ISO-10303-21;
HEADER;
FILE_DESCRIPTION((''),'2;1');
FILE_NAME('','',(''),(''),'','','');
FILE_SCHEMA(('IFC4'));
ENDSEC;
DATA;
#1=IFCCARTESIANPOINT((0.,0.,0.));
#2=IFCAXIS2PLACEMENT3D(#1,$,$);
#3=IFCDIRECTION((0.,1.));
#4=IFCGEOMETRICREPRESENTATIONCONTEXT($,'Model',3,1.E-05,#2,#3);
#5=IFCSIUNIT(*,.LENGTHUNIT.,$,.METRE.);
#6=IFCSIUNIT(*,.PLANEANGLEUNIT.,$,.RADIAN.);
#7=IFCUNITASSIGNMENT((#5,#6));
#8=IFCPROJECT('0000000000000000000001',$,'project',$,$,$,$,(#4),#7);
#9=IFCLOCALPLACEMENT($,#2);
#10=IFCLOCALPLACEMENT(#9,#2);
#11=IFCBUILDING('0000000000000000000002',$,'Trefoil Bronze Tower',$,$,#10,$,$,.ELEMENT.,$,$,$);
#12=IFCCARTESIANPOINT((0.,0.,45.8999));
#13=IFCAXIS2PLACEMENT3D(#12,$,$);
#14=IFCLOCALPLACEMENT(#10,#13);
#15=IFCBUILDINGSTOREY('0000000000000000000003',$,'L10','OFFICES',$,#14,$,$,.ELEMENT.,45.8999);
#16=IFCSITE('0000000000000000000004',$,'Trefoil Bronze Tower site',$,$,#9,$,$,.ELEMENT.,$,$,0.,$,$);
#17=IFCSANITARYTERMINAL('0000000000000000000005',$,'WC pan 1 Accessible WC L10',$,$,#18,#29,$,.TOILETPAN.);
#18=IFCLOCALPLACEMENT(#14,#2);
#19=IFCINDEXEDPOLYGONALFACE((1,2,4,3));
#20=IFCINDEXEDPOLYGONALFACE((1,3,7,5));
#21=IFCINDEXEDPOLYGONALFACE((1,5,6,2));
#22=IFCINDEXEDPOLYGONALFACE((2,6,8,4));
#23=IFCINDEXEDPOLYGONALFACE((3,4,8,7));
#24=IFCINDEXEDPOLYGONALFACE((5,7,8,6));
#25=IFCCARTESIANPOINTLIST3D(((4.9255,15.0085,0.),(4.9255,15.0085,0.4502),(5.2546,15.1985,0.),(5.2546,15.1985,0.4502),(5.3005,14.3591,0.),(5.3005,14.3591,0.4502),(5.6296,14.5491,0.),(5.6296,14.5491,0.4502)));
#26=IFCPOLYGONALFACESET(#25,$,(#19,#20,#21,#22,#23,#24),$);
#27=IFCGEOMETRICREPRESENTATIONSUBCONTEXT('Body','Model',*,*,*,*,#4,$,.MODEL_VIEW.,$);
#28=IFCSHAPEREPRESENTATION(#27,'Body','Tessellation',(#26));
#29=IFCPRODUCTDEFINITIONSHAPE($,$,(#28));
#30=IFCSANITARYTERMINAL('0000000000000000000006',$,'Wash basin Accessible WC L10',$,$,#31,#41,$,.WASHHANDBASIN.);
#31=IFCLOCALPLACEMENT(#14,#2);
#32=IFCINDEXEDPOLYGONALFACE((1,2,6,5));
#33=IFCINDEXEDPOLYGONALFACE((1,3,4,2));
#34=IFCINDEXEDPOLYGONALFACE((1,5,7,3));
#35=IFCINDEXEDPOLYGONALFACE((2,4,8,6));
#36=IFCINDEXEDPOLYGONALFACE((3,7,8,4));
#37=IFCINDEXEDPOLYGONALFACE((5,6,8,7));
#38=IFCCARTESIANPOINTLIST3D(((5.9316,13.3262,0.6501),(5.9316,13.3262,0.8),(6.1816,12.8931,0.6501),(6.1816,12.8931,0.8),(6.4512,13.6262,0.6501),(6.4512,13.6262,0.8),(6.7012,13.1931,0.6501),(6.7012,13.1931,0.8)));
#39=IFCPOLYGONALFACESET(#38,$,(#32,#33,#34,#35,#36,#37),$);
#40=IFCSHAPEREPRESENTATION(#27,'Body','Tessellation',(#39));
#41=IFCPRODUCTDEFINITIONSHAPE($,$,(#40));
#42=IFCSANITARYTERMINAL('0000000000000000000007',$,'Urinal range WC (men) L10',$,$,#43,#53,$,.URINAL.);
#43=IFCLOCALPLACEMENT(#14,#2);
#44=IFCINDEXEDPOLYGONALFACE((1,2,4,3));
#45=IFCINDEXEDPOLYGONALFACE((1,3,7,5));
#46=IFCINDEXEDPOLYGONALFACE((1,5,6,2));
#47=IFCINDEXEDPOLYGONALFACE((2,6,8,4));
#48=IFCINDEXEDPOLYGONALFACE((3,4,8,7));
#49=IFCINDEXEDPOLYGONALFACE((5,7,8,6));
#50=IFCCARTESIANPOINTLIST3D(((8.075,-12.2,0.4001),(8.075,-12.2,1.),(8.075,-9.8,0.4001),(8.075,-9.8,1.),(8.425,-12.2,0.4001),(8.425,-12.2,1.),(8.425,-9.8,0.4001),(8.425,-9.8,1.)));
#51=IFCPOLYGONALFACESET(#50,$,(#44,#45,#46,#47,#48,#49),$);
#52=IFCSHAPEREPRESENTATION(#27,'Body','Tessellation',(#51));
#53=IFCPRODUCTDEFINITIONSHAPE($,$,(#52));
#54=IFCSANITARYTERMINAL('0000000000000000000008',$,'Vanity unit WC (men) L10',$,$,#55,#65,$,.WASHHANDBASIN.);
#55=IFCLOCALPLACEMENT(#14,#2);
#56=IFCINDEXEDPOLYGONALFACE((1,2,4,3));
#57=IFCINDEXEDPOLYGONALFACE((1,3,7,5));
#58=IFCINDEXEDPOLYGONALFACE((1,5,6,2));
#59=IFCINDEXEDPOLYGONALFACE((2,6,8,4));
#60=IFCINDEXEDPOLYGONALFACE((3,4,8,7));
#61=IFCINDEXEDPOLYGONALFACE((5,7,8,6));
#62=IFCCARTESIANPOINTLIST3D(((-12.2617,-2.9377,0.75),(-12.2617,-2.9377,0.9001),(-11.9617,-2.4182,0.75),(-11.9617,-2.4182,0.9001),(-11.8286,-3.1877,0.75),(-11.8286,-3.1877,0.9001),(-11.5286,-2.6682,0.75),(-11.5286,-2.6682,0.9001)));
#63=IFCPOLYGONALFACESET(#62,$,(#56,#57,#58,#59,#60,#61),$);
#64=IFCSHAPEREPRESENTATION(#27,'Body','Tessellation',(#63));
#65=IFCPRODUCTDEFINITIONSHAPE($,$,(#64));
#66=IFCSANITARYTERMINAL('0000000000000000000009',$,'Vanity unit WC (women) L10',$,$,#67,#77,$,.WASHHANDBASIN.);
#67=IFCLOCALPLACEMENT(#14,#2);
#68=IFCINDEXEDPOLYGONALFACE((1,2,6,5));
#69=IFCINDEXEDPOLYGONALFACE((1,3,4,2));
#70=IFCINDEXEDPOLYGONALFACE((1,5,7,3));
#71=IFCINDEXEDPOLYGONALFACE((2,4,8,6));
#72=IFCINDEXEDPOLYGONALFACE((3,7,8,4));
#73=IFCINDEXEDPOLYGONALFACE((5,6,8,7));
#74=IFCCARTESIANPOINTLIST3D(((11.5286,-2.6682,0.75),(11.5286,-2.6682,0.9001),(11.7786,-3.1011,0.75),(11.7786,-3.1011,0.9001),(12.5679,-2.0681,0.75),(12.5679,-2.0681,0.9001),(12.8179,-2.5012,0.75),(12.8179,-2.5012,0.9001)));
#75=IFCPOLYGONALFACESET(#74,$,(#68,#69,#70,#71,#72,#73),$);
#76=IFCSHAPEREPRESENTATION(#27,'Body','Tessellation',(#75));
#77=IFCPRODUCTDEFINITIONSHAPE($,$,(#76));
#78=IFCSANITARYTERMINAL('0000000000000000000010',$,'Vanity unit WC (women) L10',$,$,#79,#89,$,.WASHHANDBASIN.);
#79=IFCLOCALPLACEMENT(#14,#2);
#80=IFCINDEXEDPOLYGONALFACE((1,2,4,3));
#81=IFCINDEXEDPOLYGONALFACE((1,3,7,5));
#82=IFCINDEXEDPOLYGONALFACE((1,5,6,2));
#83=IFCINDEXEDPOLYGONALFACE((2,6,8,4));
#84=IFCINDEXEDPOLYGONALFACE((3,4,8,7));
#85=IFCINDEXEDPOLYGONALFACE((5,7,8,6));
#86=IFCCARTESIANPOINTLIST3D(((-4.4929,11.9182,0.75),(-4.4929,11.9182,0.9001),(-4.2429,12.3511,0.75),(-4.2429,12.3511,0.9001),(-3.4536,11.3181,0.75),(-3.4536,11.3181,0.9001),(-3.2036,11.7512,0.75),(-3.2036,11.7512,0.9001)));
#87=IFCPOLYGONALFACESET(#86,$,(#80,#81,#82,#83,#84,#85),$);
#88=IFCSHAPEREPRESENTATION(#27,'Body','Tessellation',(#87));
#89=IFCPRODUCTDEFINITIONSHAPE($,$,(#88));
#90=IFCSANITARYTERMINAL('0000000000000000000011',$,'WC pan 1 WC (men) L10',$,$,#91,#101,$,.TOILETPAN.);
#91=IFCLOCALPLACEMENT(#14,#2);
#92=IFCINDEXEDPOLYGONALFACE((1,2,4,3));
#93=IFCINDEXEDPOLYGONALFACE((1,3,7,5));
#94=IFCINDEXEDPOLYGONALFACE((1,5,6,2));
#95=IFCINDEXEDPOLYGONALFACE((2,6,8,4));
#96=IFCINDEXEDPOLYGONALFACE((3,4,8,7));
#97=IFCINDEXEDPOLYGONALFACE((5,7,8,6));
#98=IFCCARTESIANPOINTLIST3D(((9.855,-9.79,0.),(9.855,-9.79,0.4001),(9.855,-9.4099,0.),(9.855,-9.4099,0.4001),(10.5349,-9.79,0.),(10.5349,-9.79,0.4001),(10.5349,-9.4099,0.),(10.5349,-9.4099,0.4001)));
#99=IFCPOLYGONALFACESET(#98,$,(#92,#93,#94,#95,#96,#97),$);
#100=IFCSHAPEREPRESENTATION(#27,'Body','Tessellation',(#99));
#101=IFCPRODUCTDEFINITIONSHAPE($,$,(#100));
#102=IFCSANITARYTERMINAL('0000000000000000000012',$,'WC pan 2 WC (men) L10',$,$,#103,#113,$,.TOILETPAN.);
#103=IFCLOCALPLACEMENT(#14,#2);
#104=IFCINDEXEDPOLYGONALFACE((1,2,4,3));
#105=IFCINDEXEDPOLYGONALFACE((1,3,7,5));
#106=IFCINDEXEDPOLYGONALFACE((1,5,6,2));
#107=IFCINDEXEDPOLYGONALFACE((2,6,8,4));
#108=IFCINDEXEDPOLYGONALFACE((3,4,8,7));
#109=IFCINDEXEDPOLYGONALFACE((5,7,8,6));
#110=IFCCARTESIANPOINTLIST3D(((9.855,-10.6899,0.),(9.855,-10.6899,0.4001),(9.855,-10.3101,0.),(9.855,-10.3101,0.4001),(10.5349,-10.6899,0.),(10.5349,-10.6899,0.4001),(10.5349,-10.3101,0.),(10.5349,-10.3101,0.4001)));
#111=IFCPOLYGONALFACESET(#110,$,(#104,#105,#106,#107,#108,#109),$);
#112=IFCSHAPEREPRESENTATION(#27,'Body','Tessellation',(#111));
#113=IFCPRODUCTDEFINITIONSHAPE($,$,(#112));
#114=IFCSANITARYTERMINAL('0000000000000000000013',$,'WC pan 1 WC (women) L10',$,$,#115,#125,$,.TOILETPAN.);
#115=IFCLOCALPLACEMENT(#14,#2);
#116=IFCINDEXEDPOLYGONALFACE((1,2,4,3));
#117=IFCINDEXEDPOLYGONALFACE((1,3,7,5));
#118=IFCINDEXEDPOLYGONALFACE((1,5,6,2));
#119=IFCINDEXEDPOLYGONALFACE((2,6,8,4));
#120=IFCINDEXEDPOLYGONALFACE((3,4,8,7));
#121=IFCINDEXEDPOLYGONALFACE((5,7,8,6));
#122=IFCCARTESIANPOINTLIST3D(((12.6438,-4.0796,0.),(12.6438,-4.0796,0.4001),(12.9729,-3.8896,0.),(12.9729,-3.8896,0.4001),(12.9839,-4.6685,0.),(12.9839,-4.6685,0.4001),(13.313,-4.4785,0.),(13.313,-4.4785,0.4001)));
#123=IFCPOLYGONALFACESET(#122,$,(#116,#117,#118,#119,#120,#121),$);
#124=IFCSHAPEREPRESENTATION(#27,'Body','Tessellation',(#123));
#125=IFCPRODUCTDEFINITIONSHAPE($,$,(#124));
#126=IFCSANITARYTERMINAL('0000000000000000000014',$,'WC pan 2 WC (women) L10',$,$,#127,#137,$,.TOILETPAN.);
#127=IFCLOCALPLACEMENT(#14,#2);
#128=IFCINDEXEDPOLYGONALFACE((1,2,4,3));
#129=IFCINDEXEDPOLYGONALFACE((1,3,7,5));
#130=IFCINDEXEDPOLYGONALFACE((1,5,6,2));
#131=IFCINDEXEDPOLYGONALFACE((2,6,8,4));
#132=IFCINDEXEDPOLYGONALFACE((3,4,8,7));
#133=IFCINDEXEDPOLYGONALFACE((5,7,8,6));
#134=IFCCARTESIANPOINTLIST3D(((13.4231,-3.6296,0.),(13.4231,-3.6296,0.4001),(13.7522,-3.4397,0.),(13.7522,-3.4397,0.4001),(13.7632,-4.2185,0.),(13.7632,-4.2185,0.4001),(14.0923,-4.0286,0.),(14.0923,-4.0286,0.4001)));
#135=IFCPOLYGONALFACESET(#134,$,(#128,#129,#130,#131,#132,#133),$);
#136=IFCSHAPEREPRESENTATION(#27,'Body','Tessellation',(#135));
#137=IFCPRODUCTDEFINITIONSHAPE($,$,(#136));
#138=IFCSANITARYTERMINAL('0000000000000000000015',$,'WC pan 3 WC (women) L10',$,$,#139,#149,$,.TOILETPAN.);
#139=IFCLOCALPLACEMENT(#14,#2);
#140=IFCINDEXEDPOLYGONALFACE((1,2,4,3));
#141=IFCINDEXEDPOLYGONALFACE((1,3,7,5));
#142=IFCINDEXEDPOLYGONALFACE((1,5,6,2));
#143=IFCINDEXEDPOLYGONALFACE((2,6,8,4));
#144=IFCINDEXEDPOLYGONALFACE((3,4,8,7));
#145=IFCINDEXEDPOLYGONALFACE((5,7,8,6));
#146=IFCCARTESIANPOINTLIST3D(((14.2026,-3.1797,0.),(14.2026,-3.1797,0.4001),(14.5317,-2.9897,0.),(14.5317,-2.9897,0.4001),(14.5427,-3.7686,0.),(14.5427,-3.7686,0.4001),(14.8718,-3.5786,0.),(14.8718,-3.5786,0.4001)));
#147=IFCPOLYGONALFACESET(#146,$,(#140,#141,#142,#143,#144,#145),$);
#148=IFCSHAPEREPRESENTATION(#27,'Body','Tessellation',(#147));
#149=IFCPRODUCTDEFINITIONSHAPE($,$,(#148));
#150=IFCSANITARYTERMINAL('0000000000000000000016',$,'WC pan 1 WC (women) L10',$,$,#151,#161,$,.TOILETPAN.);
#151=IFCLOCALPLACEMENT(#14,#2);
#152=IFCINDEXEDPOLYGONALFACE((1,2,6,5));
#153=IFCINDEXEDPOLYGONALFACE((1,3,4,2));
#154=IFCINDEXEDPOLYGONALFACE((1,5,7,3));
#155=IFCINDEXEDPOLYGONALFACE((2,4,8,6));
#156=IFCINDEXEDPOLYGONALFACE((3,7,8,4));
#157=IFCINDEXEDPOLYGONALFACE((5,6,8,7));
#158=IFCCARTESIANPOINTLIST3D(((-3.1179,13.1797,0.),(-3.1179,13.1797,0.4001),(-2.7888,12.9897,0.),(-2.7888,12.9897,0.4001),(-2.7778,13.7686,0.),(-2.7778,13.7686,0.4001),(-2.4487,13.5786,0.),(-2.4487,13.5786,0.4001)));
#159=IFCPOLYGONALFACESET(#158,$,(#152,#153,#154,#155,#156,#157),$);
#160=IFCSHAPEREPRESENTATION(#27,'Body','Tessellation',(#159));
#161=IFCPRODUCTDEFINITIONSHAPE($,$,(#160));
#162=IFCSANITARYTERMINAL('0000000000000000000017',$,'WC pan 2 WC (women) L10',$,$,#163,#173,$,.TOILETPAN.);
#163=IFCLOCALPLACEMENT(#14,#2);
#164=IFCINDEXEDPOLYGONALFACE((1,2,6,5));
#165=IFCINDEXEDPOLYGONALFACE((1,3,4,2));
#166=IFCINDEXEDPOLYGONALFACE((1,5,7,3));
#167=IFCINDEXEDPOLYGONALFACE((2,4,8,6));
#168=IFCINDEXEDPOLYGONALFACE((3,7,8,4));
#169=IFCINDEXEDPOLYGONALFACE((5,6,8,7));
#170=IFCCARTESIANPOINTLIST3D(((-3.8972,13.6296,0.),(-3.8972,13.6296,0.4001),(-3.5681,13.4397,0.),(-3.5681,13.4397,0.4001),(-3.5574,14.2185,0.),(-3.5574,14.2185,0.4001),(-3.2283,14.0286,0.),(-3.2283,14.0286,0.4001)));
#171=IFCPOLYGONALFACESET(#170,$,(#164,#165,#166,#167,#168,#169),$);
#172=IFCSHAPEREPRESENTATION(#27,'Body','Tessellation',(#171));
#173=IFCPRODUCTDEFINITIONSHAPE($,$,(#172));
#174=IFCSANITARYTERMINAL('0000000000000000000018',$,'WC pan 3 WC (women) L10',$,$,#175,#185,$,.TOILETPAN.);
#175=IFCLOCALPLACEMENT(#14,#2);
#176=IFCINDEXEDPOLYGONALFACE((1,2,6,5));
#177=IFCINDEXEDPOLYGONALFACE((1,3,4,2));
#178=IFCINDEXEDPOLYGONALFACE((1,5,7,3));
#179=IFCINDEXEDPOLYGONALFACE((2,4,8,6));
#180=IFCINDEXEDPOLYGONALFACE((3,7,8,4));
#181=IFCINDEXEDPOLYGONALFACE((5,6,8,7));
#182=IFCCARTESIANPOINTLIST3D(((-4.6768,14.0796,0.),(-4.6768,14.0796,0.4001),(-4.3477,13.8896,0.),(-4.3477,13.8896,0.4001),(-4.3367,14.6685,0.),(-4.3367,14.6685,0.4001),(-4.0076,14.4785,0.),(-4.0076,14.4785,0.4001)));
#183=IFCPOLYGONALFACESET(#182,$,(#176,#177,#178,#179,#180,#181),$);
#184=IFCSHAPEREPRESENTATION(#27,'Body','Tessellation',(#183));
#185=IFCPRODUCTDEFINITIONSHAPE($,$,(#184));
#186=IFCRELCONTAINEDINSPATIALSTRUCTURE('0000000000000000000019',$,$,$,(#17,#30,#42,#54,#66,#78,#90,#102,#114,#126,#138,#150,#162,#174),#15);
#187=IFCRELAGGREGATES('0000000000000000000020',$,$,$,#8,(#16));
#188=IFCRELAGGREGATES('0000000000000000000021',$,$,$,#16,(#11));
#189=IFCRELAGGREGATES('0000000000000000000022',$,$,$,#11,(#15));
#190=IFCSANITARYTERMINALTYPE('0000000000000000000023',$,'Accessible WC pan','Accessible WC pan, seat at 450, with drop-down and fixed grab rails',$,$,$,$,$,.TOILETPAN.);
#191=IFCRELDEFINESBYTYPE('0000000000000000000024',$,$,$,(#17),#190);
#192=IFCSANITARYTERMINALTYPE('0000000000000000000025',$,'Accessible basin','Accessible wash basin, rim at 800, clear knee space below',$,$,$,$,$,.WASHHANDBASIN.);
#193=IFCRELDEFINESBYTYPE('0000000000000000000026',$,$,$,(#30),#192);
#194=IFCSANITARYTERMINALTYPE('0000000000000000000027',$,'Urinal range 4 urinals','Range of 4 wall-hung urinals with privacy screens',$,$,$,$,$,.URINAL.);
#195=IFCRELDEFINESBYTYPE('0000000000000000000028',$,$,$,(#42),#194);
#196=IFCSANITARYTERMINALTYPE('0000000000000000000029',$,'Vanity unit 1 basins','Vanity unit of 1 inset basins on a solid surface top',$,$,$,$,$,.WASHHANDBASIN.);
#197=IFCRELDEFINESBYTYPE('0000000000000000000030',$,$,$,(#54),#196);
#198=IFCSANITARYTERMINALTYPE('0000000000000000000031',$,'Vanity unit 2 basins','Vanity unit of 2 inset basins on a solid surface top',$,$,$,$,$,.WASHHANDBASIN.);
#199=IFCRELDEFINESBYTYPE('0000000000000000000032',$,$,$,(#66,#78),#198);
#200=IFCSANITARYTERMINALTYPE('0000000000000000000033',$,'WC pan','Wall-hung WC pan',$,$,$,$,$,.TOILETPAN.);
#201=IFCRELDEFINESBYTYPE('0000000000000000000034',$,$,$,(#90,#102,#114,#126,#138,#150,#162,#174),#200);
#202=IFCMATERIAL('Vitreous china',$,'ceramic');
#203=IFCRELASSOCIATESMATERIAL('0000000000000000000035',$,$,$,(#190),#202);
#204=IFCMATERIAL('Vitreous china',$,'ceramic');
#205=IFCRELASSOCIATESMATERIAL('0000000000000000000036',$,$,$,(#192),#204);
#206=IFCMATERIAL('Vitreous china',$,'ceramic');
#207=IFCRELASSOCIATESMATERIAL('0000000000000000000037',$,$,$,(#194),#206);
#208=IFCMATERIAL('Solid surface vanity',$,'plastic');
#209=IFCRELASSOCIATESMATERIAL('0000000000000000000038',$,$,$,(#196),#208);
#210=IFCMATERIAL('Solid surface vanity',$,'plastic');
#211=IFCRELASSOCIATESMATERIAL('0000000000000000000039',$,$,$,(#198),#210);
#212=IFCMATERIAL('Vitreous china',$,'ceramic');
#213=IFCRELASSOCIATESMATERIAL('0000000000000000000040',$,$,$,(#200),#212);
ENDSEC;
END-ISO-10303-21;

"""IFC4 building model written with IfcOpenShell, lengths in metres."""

from ifc_helpers import new_model, si_unit, direction, frame, origin, place, context, subcontext, project, spatial, polyline, outline, extrude, material, type_object, element, save


model = new_model("IFC4")

# Units and contexts
model_context = context("Model", 3, precision=1e-05, world=origin(), true_north=direction((0.0, 1.0)))
body_context = subcontext(model_context, "Body", "Model", "MODEL_VIEW")
ifc_project = project(units=[si_unit("LENGTHUNIT", "METRE"), si_unit("PLANEANGLEUNIT", "RADIAN")], contexts=[model_context])

# Site, building, storey
site_placement = place(None, origin())
site = spatial("IfcSite", under=ifc_project, at=site_placement, Name="Trefoil Bronze Tower site", CompositionType="ELEMENT", RefElevation=0.0)
building_placement = place(site_placement, origin())
building = spatial("IfcBuilding", under=site, at=building_placement, Name="Trefoil Bronze Tower", CompositionType="ELEMENT")
storey_placement = place(building_placement, frame((0.0, 0.0, 45.8999)))
storey = spatial("IfcBuildingStorey", under=building, at=storey_placement, Name="L10", Description="OFFICES", CompositionType="ELEMENT", Elevation=45.8999)

# Sanitary terminals
ifc_material_1 = material(Name="Vitreous china", Category="ceramic")
sanitary_terminal_type_1 = type_object("IfcSanitaryTerminalType", Name="Accessible WC pan", Description="Accessible WC pan, seat at 450, with drop-down and fixed grab rails", PredefinedType="TOILETPAN", material=ifc_material_1)
sanitary_terminal_1_placement = place(storey_placement, origin())
element("IfcSanitaryTerminal", 1, at=sanitary_terminal_1_placement, inside=storey, type_object=sanitary_terminal_type_1, Name="WC pan 1 Accessible WC L10", PredefinedType="TOILETPAN", context=body_context, shape_type="SweptSolid", body=[
    extrude(outline(polyline([(5.3005, 14.3591), (4.9255, 15.0085), (5.2546, 15.1985), (5.6296, 14.5491), (5.3005, 14.3591)])), origin(), (0.0, 0.0, 1.0), 0.4502),
])
ifc_material_2 = material(Name="Vitreous china", Category="ceramic")
sanitary_terminal_type_2 = type_object("IfcSanitaryTerminalType", Name="Accessible basin", Description="Accessible wash basin, rim at 800, clear knee space below", PredefinedType="WASHHANDBASIN", material=ifc_material_2)
sanitary_terminal_2_placement = place(storey_placement, frame((0.0, 0.0, 0.6501)))
element("IfcSanitaryTerminal", 2, at=sanitary_terminal_2_placement, inside=storey, type_object=sanitary_terminal_type_2, Name="Wash basin Accessible WC L10", PredefinedType="WASHHANDBASIN", context=body_context, shape_type="SweptSolid", body=[
    extrude(outline(polyline([(6.1816, 12.8931), (5.9316, 13.3262), (6.4512, 13.6262), (6.7012, 13.1931), (6.1816, 12.8931)])), origin(), (0.0, 0.0, 1.0), 0.1499),
])
ifc_material_3 = material(Name="Vitreous china", Category="ceramic")
sanitary_terminal_type_3 = type_object("IfcSanitaryTerminalType", Name="Urinal range 4 urinals", Description="Range of 4 wall-hung urinals with privacy screens", PredefinedType="URINAL", material=ifc_material_3)
sanitary_terminal_3_placement = place(storey_placement, frame((0.0, 0.0, 0.4001)))
element("IfcSanitaryTerminal", 3, at=sanitary_terminal_3_placement, inside=storey, type_object=sanitary_terminal_type_3, Name="Urinal range WC (men) L10", PredefinedType="URINAL", context=body_context, shape_type="SweptSolid", body=[
    extrude(outline(polyline([(8.075, -9.8), (8.425, -9.8), (8.425, -12.2), (8.075, -12.2), (8.075, -9.8)])), origin(), (0.0, 0.0, 1.0), 0.5999),
])
ifc_material_4 = material(Name="Solid surface vanity", Category="plastic")
sanitary_terminal_type_4 = type_object("IfcSanitaryTerminalType", Name="Vanity unit 1 basins", Description="Vanity unit of 1 inset basins on a solid surface top", PredefinedType="WASHHANDBASIN", material=ifc_material_4)
sanitary_terminal_4_placement = place(storey_placement, frame((0.0, 0.0, 0.75)))
element("IfcSanitaryTerminal", 4, at=sanitary_terminal_4_placement, inside=storey, type_object=sanitary_terminal_type_4, Name="Vanity unit WC (men) L10", PredefinedType="WASHHANDBASIN", context=body_context, shape_type="SweptSolid", body=[
    extrude(outline(polyline([(-11.5286, -2.6682), (-11.8286, -3.1877), (-12.2617, -2.9377), (-11.9617, -2.4182), (-11.5286, -2.6682)])), origin(), (0.0, 0.0, 1.0), 0.1501),
])
ifc_material_5 = material(Name="Solid surface vanity", Category="plastic")
sanitary_terminal_type_5 = type_object("IfcSanitaryTerminalType", Name="Vanity unit 2 basins", Description="Vanity unit of 2 inset basins on a solid surface top", PredefinedType="WASHHANDBASIN", material=ifc_material_5)
sanitary_terminal_5_placement = place(storey_placement, frame((0.0, 0.0, 0.75)))
element("IfcSanitaryTerminal", 5, at=sanitary_terminal_5_placement, inside=storey, type_object=sanitary_terminal_type_5, Name="Vanity unit WC (women) L10", PredefinedType="WASHHANDBASIN", context=body_context, shape_type="SweptSolid", body=[
    extrude(outline(polyline([(11.5286, -2.6682), (11.7786, -3.1011), (12.8179, -2.5012), (12.5679, -2.0681), (11.5286, -2.6682)])), origin(), (0.0, 0.0, 1.0), 0.1501),
])
sanitary_terminal_6_placement = place(storey_placement, frame((0.0, 0.0, 0.75)))
element("IfcSanitaryTerminal", 6, at=sanitary_terminal_6_placement, inside=storey, type_object=sanitary_terminal_type_5, Name="Vanity unit WC (women) L10", PredefinedType="WASHHANDBASIN", context=body_context, shape_type="SweptSolid", body=[
    extrude(outline(polyline([(-3.4536, 11.3181), (-3.2036, 11.7512), (-4.2429, 12.3511), (-4.4929, 11.9182), (-3.4536, 11.3181)])), origin(), (0.0, 0.0, 1.0), 0.1501),
])
ifc_material_6 = material(Name="Vitreous china", Category="ceramic")
sanitary_terminal_type_6 = type_object("IfcSanitaryTerminalType", Name="WC pan", Description="Wall-hung WC pan", PredefinedType="TOILETPAN", material=ifc_material_6)
sanitary_terminal_7_placement = place(storey_placement, origin())
element("IfcSanitaryTerminal", 7, at=sanitary_terminal_7_placement, inside=storey, type_object=sanitary_terminal_type_6, Name="WC pan 1 WC (men) L10", PredefinedType="TOILETPAN", context=body_context, shape_type="SweptSolid", body=[
    extrude(outline(polyline([(9.855, -9.4099), (10.5349, -9.4099), (10.5349, -9.79), (9.855, -9.79), (9.855, -9.4099)])), origin(), (0.0, 0.0, 1.0), 0.4001),
])
sanitary_terminal_8_placement = place(storey_placement, origin())
element("IfcSanitaryTerminal", 8, at=sanitary_terminal_8_placement, inside=storey, type_object=sanitary_terminal_type_6, Name="WC pan 2 WC (men) L10", PredefinedType="TOILETPAN", context=body_context, shape_type="SweptSolid", body=[
    extrude(outline(polyline([(9.855, -10.3101), (10.5349, -10.3101), (10.5349, -10.6899), (9.855, -10.6899), (9.855, -10.3101)])), origin(), (0.0, 0.0, 1.0), 0.4001),
])
sanitary_terminal_9_placement = place(storey_placement, origin())
element("IfcSanitaryTerminal", 9, at=sanitary_terminal_9_placement, inside=storey, type_object=sanitary_terminal_type_6, Name="WC pan 1 WC (women) L10", PredefinedType="TOILETPAN", context=body_context, shape_type="SweptSolid", body=[
    extrude(outline(polyline([(12.6438, -4.0796), (12.9839, -4.6685), (13.313, -4.4785), (12.9729, -3.8896), (12.6438, -4.0796)])), origin(), (0.0, 0.0, 1.0), 0.4001),
])
sanitary_terminal_10_placement = place(storey_placement, origin())
element("IfcSanitaryTerminal", 10, at=sanitary_terminal_10_placement, inside=storey, type_object=sanitary_terminal_type_6, Name="WC pan 2 WC (women) L10", PredefinedType="TOILETPAN", context=body_context, shape_type="SweptSolid", body=[
    extrude(outline(polyline([(13.4231, -3.6296), (13.7632, -4.2185), (14.0923, -4.0286), (13.7522, -3.4397), (13.4231, -3.6296)])), origin(), (0.0, 0.0, 1.0), 0.4001),
])
sanitary_terminal_11_placement = place(storey_placement, origin())
element("IfcSanitaryTerminal", 11, at=sanitary_terminal_11_placement, inside=storey, type_object=sanitary_terminal_type_6, Name="WC pan 3 WC (women) L10", PredefinedType="TOILETPAN", context=body_context, shape_type="SweptSolid", body=[
    extrude(outline(polyline([(14.2026, -3.1797), (14.5427, -3.7686), (14.8718, -3.5786), (14.5317, -2.9897), (14.2026, -3.1797)])), origin(), (0.0, 0.0, 1.0), 0.4001),
])
sanitary_terminal_12_placement = place(storey_placement, origin())
element("IfcSanitaryTerminal", 12, at=sanitary_terminal_12_placement, inside=storey, type_object=sanitary_terminal_type_6, Name="WC pan 1 WC (women) L10", PredefinedType="TOILETPAN", context=body_context, shape_type="SweptSolid", body=[
    extrude(outline(polyline([(-2.7888, 12.9897), (-2.4487, 13.5786), (-2.7778, 13.7686), (-3.1179, 13.1797), (-2.7888, 12.9897)])), origin(), (0.0, 0.0, 1.0), 0.4001),
])
sanitary_terminal_13_placement = place(storey_placement, origin())
element("IfcSanitaryTerminal", 13, at=sanitary_terminal_13_placement, inside=storey, type_object=sanitary_terminal_type_6, Name="WC pan 2 WC (women) L10", PredefinedType="TOILETPAN", context=body_context, shape_type="SweptSolid", body=[
    extrude(outline(polyline([(-3.5681, 13.4397), (-3.2283, 14.0286), (-3.5574, 14.2185), (-3.8972, 13.6296), (-3.5681, 13.4397)])), origin(), (0.0, 0.0, 1.0), 0.4001),
])
sanitary_terminal_14_placement = place(storey_placement, origin())
element("IfcSanitaryTerminal", 14, at=sanitary_terminal_14_placement, inside=storey, type_object=sanitary_terminal_type_6, Name="WC pan 3 WC (women) L10", PredefinedType="TOILETPAN", context=body_context, shape_type="SweptSolid", body=[
    extrude(outline(polyline([(-4.3477, 13.8896), (-4.0076, 14.4785), (-4.3367, 14.6685), (-4.6768, 14.0796), (-4.3477, 13.8896)])), origin(), (0.0, 0.0, 1.0), 0.4001),
])

save(model, "model.ifc")
